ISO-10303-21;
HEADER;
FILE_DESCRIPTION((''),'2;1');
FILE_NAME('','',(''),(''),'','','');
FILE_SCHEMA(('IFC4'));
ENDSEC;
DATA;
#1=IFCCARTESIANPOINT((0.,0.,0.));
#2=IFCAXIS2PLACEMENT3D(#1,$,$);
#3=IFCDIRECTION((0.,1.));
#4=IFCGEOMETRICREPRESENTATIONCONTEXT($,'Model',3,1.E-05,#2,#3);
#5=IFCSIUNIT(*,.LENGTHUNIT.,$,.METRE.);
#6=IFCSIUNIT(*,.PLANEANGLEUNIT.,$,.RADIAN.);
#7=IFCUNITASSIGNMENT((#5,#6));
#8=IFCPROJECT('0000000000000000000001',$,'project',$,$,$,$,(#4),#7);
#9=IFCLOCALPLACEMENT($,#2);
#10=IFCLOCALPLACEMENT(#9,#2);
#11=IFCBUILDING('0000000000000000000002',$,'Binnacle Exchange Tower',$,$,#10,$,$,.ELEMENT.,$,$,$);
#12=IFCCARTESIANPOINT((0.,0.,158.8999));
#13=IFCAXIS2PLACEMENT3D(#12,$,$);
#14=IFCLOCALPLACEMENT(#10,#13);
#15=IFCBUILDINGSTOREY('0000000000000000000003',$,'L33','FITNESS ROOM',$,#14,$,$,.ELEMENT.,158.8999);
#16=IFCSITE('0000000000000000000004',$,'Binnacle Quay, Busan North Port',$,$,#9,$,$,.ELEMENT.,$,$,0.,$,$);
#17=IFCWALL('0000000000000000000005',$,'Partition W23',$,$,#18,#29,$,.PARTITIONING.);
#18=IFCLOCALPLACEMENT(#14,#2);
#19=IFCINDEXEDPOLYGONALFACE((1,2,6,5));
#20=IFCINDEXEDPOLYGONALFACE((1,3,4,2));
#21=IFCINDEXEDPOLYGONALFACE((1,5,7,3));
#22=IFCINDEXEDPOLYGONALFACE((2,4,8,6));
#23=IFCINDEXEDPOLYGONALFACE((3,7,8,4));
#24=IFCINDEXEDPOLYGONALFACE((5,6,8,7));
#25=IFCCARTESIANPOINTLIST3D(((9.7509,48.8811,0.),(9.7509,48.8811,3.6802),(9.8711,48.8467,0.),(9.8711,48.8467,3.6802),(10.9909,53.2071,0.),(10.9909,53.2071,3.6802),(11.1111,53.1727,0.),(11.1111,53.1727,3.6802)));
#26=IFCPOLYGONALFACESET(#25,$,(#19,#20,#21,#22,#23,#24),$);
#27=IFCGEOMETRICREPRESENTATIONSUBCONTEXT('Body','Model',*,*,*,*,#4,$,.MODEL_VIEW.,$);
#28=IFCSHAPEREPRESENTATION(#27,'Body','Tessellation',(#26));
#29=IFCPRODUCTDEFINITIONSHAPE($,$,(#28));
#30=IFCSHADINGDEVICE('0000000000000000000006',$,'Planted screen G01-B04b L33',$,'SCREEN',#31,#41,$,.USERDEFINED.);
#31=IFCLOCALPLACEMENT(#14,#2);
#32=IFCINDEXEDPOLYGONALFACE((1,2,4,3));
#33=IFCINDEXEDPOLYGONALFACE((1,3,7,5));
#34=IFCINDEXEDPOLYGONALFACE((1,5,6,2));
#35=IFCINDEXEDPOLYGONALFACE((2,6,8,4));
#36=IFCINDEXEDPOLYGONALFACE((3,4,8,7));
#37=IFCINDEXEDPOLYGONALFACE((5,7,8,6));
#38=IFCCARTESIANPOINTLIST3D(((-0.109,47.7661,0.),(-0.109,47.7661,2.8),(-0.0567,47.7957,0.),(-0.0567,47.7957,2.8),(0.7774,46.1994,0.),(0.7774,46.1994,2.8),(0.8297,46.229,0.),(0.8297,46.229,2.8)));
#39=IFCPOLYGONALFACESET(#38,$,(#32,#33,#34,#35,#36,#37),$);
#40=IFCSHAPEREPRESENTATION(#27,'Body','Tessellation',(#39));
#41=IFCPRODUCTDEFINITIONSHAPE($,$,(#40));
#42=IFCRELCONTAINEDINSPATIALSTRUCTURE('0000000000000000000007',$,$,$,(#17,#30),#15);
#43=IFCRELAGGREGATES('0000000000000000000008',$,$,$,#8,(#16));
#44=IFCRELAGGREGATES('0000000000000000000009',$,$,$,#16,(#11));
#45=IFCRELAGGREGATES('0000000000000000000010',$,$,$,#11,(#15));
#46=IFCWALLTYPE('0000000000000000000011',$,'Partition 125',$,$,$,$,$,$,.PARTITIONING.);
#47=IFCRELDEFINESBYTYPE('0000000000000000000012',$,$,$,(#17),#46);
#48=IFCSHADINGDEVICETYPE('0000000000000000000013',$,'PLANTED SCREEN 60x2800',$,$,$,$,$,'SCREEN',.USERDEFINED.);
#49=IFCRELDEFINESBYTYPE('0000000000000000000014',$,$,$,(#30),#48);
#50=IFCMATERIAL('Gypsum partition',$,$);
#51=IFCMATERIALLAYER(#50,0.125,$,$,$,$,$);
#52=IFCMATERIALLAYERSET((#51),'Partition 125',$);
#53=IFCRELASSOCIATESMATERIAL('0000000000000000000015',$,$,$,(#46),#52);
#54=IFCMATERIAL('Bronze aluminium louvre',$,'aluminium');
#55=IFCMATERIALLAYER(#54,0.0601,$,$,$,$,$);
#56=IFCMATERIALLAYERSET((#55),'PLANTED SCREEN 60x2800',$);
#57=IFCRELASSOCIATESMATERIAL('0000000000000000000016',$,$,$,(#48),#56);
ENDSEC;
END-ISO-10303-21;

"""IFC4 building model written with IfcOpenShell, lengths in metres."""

from ifc_helpers import new_model, si_unit, direction, frame, frame_2d, origin, origin_2d, place, context, subcontext, project, spatial, rectangle, extrude, material, layer, layer_set, type_object, element, save


model = new_model("IFC4")

# Units and contexts
model_context = context("Model", 3, precision=1e-05, world=origin(), true_north=direction((0.0, 1.0)))
body_context = subcontext(model_context, "Body", "Model", "MODEL_VIEW")
ifc_project = project(units=[si_unit("LENGTHUNIT", "METRE"), si_unit("PLANEANGLEUNIT", "RADIAN")], contexts=[model_context])

# Site, building, storey
site_placement = place(None, origin())
site = spatial("IfcSite", under=ifc_project, at=site_placement, Name="Binnacle Quay, Busan North Port", CompositionType="ELEMENT", RefElevation=0.0)
building_placement = place(site_placement, origin())
building = spatial("IfcBuilding", under=site, at=building_placement, Name="Binnacle Exchange Tower", CompositionType="ELEMENT")
storey_placement = place(building_placement, frame((0.0, 0.0, 158.8999)))
storey = spatial("IfcBuildingStorey", under=building, at=storey_placement, Name="L33", Description="FITNESS ROOM", CompositionType="ELEMENT", Elevation=158.8999)

# Shared definitions
ifc_material_1 = material(Name="Gypsum partition")
ifc_layer_1 = layer(ifc_material_1, 0.125)
ifc_layer_set_1 = layer_set([ifc_layer_1], Name="Partition 125")
wall_type_1 = type_object("IfcWallType", Name="Partition 125", PredefinedType="PARTITIONING", material=ifc_layer_set_1)

# Wall
wall_1_placement = place(storey_placement, frame((9.811, 48.864, 0.0), z_axis=(0.0, 0.0, 1.0), x_axis=(0.275545, 0.961288, 0.0)))
element("IfcWall", 1, at=wall_1_placement, inside=storey, type_object=wall_type_1, Name="Partition W23", PredefinedType="PARTITIONING", context=body_context, shape_type="SweptSolid", body=[
    extrude(rectangle(XDim=4.5002, YDim=0.125, at=frame_2d((2.25, 0.0))), origin(), (0.0, 0.0, 1.0), 3.6802),
])

# Shading device
ifc_material_2 = material(Name="Bronze aluminium louvre", Category="aluminium")
ifc_layer_2 = layer(ifc_material_2, 0.0601)
ifc_layer_set_2 = layer_set([ifc_layer_2], Name="PLANTED SCREEN 60x2800")
shading_device_type = type_object("IfcShadingDeviceType", Name="PLANTED SCREEN 60x2800", ElementType="SCREEN", PredefinedType="USERDEFINED", material=ifc_layer_set_2)
shading_device_placement = place(storey_placement, frame((0.3604, 46.9976, 0.0), z_axis=(0.0, 0.0, 1.0), x_axis=(0.870356, 0.492424, 0.0)))
element("IfcShadingDevice", 2, at=shading_device_placement, inside=storey, type_object=shading_device_type, Name="Planted screen G01-B04b L33", ObjectType="SCREEN", PredefinedType="USERDEFINED", context=body_context, shape_type="SweptSolid", body=[
    extrude(rectangle(XDim=0.0601, YDim=1.8, at=origin_2d()), origin(), (0.0, 0.0, 1.0), 2.8),
])

save(model, "model.ifc")
